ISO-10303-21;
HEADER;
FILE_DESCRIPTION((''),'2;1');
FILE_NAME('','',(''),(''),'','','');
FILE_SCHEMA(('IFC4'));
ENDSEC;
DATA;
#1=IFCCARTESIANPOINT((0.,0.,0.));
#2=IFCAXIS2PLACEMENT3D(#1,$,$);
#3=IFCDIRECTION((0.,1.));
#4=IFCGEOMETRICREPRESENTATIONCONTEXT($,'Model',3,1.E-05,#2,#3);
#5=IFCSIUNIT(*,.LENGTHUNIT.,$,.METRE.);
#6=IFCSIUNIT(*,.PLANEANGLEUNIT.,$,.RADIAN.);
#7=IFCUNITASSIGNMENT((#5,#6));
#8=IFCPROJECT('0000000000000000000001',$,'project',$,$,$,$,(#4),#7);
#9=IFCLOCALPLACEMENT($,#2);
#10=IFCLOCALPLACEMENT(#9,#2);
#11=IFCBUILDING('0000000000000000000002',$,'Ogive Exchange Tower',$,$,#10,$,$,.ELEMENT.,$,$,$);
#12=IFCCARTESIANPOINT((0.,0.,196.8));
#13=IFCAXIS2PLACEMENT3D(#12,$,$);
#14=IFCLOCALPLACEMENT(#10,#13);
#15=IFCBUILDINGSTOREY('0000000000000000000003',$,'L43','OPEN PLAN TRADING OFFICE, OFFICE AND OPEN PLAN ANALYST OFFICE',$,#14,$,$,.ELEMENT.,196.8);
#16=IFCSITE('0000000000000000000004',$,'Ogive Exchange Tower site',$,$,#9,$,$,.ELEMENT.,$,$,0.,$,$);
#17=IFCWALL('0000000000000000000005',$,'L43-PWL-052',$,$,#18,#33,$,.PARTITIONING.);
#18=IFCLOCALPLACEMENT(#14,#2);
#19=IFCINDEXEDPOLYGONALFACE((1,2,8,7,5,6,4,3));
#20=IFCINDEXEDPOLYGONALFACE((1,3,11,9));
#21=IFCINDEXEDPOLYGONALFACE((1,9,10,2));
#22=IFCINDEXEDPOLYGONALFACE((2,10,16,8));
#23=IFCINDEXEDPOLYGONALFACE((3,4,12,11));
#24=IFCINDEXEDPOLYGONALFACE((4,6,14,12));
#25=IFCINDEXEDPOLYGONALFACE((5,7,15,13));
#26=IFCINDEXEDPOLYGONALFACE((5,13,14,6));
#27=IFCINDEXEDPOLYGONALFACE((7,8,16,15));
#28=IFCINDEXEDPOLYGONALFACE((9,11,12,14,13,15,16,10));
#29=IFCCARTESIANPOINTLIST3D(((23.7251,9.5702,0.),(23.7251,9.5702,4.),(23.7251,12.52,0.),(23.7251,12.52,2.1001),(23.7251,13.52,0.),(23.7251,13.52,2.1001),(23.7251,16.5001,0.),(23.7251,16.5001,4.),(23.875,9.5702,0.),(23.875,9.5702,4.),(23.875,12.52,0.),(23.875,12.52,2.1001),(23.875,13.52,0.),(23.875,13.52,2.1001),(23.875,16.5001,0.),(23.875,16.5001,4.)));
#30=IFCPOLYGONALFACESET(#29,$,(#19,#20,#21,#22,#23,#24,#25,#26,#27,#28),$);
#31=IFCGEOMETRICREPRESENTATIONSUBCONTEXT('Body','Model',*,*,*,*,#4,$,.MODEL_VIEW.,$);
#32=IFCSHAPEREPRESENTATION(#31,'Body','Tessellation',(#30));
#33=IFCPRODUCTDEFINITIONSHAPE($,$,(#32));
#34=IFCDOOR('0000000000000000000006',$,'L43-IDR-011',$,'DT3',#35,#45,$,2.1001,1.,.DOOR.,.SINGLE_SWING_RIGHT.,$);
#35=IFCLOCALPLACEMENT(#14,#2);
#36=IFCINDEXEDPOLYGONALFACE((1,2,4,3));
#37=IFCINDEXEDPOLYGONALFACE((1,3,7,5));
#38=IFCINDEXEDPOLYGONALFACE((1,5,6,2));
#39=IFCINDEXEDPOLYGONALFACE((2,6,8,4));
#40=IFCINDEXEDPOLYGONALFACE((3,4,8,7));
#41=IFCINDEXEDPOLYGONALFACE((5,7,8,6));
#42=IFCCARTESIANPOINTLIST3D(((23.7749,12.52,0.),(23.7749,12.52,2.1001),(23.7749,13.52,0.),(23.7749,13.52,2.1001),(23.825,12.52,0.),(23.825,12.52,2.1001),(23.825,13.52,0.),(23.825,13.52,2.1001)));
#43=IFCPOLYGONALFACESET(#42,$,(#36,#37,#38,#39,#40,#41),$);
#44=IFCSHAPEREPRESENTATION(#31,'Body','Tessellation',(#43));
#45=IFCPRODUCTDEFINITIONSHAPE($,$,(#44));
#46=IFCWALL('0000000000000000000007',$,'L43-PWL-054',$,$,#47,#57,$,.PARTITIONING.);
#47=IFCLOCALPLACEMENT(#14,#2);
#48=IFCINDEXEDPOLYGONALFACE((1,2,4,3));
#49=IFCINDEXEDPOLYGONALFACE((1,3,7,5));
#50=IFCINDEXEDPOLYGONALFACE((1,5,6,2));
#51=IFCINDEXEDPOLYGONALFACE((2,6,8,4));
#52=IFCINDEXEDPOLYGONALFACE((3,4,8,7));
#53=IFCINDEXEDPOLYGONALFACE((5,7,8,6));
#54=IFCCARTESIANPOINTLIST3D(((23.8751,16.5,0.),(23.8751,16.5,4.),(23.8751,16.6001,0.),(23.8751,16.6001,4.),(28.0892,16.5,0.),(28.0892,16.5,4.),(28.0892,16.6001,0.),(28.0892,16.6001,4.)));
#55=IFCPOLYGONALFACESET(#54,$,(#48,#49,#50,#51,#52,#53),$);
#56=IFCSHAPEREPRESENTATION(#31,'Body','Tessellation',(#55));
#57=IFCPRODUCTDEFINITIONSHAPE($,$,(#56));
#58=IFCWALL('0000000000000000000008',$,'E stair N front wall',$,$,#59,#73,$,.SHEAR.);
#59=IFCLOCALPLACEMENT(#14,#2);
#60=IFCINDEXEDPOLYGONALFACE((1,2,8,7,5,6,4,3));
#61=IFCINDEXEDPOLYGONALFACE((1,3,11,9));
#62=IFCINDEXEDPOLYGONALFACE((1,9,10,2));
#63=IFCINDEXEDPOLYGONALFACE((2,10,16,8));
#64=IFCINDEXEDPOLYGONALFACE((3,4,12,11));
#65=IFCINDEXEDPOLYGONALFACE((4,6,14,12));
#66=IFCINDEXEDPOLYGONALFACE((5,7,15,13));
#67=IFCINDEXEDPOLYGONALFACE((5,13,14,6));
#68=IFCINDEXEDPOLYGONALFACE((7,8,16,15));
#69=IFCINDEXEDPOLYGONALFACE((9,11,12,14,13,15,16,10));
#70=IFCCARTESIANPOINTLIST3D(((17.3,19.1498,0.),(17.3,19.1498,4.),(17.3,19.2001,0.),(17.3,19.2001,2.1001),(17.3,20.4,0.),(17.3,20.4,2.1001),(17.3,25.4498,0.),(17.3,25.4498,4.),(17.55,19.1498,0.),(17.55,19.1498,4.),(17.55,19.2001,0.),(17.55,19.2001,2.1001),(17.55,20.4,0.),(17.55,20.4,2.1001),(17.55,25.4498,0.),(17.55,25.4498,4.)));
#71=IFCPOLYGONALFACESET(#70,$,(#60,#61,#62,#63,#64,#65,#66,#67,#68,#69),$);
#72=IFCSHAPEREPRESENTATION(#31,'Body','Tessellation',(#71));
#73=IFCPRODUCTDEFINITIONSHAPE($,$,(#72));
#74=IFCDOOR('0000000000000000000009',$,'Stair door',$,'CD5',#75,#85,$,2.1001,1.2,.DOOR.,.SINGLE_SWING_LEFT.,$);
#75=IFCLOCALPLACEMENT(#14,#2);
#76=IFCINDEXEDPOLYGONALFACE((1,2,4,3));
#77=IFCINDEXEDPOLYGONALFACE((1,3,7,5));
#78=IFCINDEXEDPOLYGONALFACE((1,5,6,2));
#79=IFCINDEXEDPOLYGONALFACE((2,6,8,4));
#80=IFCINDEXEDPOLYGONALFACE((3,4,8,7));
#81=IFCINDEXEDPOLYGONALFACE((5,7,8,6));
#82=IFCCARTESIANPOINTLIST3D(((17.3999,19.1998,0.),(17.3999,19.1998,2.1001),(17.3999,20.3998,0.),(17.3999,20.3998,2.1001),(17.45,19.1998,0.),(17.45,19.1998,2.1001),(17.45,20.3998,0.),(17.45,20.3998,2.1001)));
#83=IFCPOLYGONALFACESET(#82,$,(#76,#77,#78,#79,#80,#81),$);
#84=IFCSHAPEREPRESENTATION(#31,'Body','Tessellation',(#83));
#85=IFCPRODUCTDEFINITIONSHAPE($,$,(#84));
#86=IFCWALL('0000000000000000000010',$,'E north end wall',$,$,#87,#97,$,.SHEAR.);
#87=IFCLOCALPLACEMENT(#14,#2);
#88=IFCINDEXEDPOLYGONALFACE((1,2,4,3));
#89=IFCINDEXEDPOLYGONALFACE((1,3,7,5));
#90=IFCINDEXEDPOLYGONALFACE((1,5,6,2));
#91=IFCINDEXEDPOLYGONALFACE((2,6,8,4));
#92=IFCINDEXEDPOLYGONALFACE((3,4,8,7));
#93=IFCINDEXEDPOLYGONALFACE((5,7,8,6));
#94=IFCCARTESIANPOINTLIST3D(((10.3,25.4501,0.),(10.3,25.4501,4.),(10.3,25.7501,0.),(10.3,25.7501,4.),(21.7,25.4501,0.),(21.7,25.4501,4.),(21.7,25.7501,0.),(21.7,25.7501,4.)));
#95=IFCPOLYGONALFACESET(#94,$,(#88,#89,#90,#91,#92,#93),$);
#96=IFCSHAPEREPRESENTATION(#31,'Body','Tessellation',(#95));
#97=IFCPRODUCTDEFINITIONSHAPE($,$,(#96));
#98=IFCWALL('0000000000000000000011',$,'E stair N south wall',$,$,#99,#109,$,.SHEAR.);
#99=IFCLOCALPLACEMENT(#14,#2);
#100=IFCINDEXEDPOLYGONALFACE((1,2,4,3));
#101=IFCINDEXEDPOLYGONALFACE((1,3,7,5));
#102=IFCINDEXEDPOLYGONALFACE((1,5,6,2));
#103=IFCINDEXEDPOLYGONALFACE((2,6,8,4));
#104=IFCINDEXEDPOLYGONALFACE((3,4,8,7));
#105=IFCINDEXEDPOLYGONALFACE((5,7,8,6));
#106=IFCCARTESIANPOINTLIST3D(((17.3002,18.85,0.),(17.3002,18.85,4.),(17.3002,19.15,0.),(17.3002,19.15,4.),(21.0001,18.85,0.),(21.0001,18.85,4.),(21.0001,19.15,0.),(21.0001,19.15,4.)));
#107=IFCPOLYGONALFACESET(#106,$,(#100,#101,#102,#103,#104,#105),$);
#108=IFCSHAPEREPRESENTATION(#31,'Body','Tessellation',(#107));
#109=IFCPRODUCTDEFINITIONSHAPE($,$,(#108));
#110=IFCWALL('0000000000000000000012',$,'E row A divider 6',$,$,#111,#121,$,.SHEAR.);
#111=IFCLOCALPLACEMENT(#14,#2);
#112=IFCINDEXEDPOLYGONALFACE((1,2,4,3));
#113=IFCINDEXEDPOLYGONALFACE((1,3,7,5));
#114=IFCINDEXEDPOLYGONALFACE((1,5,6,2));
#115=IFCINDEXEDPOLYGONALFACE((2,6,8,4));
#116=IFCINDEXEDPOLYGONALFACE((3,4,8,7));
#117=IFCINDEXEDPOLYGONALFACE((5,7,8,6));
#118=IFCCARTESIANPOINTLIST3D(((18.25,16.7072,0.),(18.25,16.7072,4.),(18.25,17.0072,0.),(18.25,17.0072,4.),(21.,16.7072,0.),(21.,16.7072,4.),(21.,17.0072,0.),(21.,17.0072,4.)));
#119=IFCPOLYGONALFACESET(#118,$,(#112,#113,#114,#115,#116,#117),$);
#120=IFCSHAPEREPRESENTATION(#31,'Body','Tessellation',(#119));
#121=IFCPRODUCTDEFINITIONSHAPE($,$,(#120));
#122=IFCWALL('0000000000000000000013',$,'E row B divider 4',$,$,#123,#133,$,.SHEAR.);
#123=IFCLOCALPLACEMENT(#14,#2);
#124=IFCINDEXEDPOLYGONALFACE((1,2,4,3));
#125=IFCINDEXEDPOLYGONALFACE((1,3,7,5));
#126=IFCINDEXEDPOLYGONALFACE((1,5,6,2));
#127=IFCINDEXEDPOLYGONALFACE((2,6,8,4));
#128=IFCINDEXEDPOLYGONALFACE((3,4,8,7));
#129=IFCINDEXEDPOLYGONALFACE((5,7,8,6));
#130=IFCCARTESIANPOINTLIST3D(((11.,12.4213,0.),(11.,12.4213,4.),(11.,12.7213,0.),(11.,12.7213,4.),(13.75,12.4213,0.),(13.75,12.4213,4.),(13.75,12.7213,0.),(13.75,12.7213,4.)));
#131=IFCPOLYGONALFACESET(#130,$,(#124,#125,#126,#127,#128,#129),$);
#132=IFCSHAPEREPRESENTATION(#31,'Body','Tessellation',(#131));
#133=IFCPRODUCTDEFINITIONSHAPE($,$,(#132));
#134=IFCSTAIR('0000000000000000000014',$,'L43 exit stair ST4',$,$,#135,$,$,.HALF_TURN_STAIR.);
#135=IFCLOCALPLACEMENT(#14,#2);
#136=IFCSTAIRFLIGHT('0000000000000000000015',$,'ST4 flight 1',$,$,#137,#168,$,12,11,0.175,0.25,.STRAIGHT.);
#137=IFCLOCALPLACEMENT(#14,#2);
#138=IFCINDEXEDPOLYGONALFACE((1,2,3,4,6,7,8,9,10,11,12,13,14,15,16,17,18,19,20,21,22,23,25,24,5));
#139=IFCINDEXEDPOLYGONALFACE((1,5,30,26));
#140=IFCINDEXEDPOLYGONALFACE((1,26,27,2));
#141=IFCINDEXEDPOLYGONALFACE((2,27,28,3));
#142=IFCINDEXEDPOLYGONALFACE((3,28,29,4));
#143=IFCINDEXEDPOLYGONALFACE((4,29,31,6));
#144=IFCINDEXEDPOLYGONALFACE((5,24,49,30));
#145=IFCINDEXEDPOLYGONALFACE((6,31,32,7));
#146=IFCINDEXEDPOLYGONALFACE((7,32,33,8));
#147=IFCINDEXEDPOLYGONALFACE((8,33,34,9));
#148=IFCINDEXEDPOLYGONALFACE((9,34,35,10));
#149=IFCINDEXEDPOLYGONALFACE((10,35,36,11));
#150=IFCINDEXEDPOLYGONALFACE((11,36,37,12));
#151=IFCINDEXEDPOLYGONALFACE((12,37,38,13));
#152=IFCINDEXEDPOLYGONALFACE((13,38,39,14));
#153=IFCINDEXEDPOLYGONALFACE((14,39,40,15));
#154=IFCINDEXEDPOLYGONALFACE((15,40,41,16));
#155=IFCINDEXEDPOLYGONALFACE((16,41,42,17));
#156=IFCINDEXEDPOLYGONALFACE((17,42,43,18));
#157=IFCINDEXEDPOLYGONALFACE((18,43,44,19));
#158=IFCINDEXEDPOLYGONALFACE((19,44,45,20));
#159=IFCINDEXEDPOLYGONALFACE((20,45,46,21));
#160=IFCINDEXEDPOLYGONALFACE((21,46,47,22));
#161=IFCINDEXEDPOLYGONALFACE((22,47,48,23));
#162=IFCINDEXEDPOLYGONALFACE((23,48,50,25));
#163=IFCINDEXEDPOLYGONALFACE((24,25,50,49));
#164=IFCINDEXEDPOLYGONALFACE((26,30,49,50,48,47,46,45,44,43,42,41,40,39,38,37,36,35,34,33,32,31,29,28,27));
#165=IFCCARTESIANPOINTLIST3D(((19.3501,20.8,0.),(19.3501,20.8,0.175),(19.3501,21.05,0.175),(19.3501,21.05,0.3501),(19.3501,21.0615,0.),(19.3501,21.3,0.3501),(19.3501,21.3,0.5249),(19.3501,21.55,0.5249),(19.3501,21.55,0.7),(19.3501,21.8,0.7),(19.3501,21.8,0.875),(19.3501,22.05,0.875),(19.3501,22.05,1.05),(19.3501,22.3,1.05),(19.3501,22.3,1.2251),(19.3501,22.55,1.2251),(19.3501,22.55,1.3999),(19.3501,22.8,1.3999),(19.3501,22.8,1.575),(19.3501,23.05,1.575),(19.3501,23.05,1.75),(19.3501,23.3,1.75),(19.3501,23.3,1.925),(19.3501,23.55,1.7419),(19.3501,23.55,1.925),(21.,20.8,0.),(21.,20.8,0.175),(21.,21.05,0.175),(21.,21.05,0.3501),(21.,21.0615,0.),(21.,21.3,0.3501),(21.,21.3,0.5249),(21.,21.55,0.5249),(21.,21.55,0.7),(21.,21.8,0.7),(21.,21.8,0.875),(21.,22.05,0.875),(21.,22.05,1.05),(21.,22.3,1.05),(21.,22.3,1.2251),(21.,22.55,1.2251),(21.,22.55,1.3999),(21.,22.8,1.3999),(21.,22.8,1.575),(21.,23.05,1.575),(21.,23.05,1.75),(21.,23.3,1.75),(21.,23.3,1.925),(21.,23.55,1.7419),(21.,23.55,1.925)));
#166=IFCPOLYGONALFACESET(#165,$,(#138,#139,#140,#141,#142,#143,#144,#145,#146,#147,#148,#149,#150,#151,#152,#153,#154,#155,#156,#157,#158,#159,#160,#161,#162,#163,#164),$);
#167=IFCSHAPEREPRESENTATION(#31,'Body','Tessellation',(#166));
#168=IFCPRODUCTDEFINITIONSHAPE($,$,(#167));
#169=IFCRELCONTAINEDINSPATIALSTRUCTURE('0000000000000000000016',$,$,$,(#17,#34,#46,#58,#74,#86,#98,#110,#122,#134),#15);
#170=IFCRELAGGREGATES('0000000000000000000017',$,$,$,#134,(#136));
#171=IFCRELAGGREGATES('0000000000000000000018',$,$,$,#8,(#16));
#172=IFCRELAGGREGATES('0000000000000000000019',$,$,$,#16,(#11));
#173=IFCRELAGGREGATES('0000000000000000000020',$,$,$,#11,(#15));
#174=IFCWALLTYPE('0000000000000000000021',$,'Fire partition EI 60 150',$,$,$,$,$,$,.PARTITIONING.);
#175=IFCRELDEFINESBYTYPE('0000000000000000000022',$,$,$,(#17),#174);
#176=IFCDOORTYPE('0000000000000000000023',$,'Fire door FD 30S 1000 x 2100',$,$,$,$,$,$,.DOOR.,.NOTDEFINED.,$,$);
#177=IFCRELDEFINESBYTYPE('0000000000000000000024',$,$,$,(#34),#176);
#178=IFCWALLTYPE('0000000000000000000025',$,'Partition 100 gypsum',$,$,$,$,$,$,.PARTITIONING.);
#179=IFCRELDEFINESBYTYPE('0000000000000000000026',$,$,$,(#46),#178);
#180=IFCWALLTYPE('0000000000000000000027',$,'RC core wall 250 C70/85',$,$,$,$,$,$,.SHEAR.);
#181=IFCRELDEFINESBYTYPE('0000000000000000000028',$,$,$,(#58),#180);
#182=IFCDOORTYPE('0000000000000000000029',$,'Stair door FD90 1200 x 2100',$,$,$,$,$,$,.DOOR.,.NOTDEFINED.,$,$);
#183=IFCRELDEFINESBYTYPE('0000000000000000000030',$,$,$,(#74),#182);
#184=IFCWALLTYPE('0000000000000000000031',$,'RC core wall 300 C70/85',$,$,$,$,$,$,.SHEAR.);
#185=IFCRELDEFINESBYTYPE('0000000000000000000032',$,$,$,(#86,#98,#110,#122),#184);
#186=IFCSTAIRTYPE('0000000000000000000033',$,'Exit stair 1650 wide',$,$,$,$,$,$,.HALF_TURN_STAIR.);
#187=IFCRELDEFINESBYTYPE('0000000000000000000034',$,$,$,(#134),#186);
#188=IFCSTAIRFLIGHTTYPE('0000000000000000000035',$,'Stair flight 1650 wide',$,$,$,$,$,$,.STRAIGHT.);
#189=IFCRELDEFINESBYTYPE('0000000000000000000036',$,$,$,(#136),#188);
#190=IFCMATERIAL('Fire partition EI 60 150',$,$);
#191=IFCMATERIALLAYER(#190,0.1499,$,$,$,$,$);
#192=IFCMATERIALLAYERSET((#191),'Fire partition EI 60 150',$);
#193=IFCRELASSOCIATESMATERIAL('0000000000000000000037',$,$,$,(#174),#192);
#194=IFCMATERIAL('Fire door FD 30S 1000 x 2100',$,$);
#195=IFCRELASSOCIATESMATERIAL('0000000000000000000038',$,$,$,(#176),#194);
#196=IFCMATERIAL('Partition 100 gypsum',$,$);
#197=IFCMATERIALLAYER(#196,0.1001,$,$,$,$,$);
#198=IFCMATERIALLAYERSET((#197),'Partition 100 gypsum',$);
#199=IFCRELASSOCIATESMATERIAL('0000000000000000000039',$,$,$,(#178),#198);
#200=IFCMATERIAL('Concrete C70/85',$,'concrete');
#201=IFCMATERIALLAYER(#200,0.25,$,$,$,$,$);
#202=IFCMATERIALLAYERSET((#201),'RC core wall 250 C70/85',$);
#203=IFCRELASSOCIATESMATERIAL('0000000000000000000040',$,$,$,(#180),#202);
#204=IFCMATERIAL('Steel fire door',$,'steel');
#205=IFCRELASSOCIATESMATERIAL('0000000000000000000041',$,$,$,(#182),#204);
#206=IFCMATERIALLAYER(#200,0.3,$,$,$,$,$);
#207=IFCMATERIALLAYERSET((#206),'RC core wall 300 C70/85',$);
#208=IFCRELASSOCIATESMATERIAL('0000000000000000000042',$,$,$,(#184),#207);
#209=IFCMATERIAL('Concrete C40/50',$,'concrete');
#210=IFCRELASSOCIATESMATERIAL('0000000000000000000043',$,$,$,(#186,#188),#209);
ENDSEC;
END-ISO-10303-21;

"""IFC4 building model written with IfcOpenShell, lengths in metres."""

from ifc_helpers import new_model, si_unit, direction, frame, frame_2d, origin, place, context, subcontext, project, spatial, polyline, rectangle, outline, extrude, material, layer, layer_set, type_object, element, fill, aggregate, save


model = new_model("IFC4")

# Units and contexts
model_context = context("Model", 3, precision=1e-05, world=origin(), true_north=direction((0.0, 1.0)))
body_context = subcontext(model_context, "Body", "Model", "MODEL_VIEW")
ifc_project = project(units=[si_unit("LENGTHUNIT", "METRE"), si_unit("PLANEANGLEUNIT", "RADIAN")], contexts=[model_context])

# Site, building, storey
site_placement = place(None, origin())
site = spatial("IfcSite", under=ifc_project, at=site_placement, Name="Ogive Exchange Tower site", CompositionType="ELEMENT", RefElevation=0.0)
building_placement = place(site_placement, origin())
building = spatial("IfcBuilding", under=site, at=building_placement, Name="Ogive Exchange Tower", CompositionType="ELEMENT")
storey_placement = place(building_placement, frame((0.0, 0.0, 196.8)))
storey = spatial("IfcBuildingStorey", under=building, at=storey_placement, Name="L43", Description="OPEN PLAN TRADING OFFICE, OFFICE AND OPEN PLAN ANALYST OFFICE", CompositionType="ELEMENT", Elevation=196.8)

# Shared definitions
ifc_material_1 = material(Name="Fire partition EI 60 150")
ifc_layer_1 = layer(ifc_material_1, 0.1499)
ifc_layer_set_1 = layer_set([ifc_layer_1], Name="Fire partition EI 60 150")
wall_type_1 = type_object("IfcWallType", Name="Fire partition EI 60 150", PredefinedType="PARTITIONING", material=ifc_layer_set_1)

# Wall, opening, door
wall_1_placement = place(storey_placement, frame((23.8, 16.5, 0.0), z_axis=(0.0, 0.0, 1.0), x_axis=(0.0, -1.0, 0.0)))
wall_1 = element("IfcWall", 1, at=wall_1_placement, inside=storey, type_object=wall_type_1, Name="L43-PWL-052", PredefinedType="PARTITIONING", context=body_context, shape_type="SweptSolid", body=[
    extrude(rectangle(XDim=6.9299, YDim=0.1499, at=frame_2d((3.4648, 0.0))), origin(), (0.0, 0.0, 1.0), 4.0),
])
opening_1_placement = place(wall_1_placement, frame((2.98, 0.0, 0.0)))
opening_1 = element("IfcOpeningElement", 2, at=opening_1_placement, cuts=wall_1, PredefinedType="OPENING", context=body_context, shape_type="SweptSolid", body=[
    extrude(rectangle(XDim=1.0, YDim=2.1001, at=frame_2d((0.5, 1.05))), frame((0.0, 0.085, 0.0), z_axis=(0.0, -1.0, 0.0), x_axis=(1.0, 0.0, 0.0)), (0.0, 0.0, 1.0), 0.1699),
])
ifc_material_2 = material(Name="Fire door FD 30S 1000 x 2100")
door_type_1 = type_object("IfcDoorType", Name="Fire door FD 30S 1000 x 2100", OperationType="NOTDEFINED", PredefinedType="DOOR", material=ifc_material_2)
door_1_placement = place(opening_1_placement, origin())
door_1 = element("IfcDoor", 3, at=door_1_placement, inside=storey, type_object=door_type_1, Name="L43-IDR-011", ObjectType="DT3", OperationType="SINGLE_SWING_RIGHT", OverallHeight=2.1001, OverallWidth=1.0, PredefinedType="DOOR", context=body_context, shape_type="SweptSolid", body=[
    extrude(rectangle(XDim=1.0, YDim=2.1001, at=frame_2d((0.5, 1.05))), frame((0.0, 0.0249, 0.0), z_axis=(0.0, -1.0, 0.0), x_axis=(1.0, 0.0, 0.0)), (0.0, 0.0, 1.0), 0.05),
])
fill(opening_1, door_1)

# Wall
ifc_material_3 = material(Name="Partition 100 gypsum")
ifc_layer_2 = layer(ifc_material_3, 0.1001)
ifc_layer_set_2 = layer_set([ifc_layer_2], Name="Partition 100 gypsum")
wall_type_2 = type_object("IfcWallType", Name="Partition 100 gypsum", PredefinedType="PARTITIONING", material=ifc_layer_set_2)
wall_2_placement = place(storey_placement, frame((28.0891, 16.55, 0.0), z_axis=(0.0, 0.0, 1.0), x_axis=(-1.0, 0.0, 0.0)))
element("IfcWall", 4, at=wall_2_placement, inside=storey, type_object=wall_type_2, Name="L43-PWL-054", PredefinedType="PARTITIONING", context=body_context, shape_type="SweptSolid", body=[
    extrude(rectangle(XDim=4.2141, YDim=0.1001, at=frame_2d((2.1069, 0.0))), origin(), (0.0, 0.0, 1.0), 4.0),
])

# Wall, opening, door
ifc_material_4 = material(Name="Concrete C70/85", Category="concrete")
ifc_layer_3 = layer(ifc_material_4, 0.25)
ifc_layer_set_3 = layer_set([ifc_layer_3], Name="RC core wall 250 C70/85")
wall_type_3 = type_object("IfcWallType", Name="RC core wall 250 C70/85", PredefinedType="SHEAR", material=ifc_layer_set_3)
wall_3_placement = place(storey_placement, frame((17.425, 19.1499, 0.0), z_axis=(0.0, 0.0, 1.0), x_axis=(0.0, 1.0, 0.0)))
wall_3 = element("IfcWall", 5, at=wall_3_placement, inside=storey, type_object=wall_type_3, Name="E stair N front wall", PredefinedType="SHEAR", context=body_context, shape_type="SweptSolid", body=[
    extrude(rectangle(XDim=6.3, YDim=0.25, at=frame_2d((3.1499, 0.0))), origin(), (0.0, 0.0, 1.0), 4.0),
])
opening_2_placement = place(wall_3_placement, frame((0.05, 0.0, 0.0)))
opening_2 = element("IfcOpeningElement", 6, at=opening_2_placement, cuts=wall_3, PredefinedType="OPENING", context=body_context, shape_type="SweptSolid", body=[
    extrude(rectangle(XDim=1.2, YDim=2.1001, at=frame_2d((0.6001, 1.05))), frame((0.0, 0.135, 0.0), z_axis=(0.0, -1.0, 0.0), x_axis=(1.0, 0.0, 0.0)), (0.0, 0.0, 1.0), 0.27),
])
ifc_material_5 = material(Name="Steel fire door", Category="steel")
door_type_2 = type_object("IfcDoorType", Name="Stair door FD90 1200 x 2100", OperationType="NOTDEFINED", PredefinedType="DOOR", material=ifc_material_5)
door_2_placement = place(opening_2_placement, frame((1.2, 0.0, 0.0), z_axis=(0.0, 0.0, 1.0), x_axis=(-1.0, 0.0, 0.0)))
door_2 = element("IfcDoor", 7, at=door_2_placement, inside=storey, type_object=door_type_2, Name="Stair door", ObjectType="CD5", OperationType="SINGLE_SWING_LEFT", OverallHeight=2.1001, OverallWidth=1.2, PredefinedType="DOOR", context=body_context, shape_type="SweptSolid", body=[
    extrude(rectangle(XDim=1.2, YDim=2.1001, at=frame_2d((0.6001, 1.05))), frame((0.0, 0.0249, 0.0), z_axis=(0.0, -1.0, 0.0), x_axis=(1.0, 0.0, 0.0)), (0.0, 0.0, 1.0), 0.05),
])
fill(opening_2, door_2)

# Walls
ifc_layer_4 = layer(ifc_material_4, 0.3)
ifc_layer_set_4 = layer_set([ifc_layer_4], Name="RC core wall 300 C70/85")
wall_type_4 = type_object("IfcWallType", Name="RC core wall 300 C70/85", PredefinedType="SHEAR", material=ifc_layer_set_4)
wall_4_placement = place(storey_placement, frame((10.3, 25.6001, 0.0), z_axis=(0.0, 0.0, 1.0), x_axis=(1.0, 0.0, 0.0)))
element("IfcWall", 8, at=wall_4_placement, inside=storey, type_object=wall_type_4, Name="E north end wall", PredefinedType="SHEAR", context=body_context, shape_type="SweptSolid", body=[
    extrude(rectangle(XDim=11.3999, YDim=0.3, at=frame_2d((5.7, 0.0))), origin(), (0.0, 0.0, 1.0), 4.0),
])
wall_5_placement = place(storey_placement, frame((17.3, 19.0, 0.0), z_axis=(0.0, 0.0, 1.0), x_axis=(1.0, 0.0, 0.0)))
element("IfcWall", 9, at=wall_5_placement, inside=storey, type_object=wall_type_4, Name="E stair N south wall", PredefinedType="SHEAR", context=body_context, shape_type="SweptSolid", body=[
    extrude(rectangle(XDim=3.7, YDim=0.3, at=frame_2d((1.8501, 0.0))), origin(), (0.0, 0.0, 1.0), 4.0),
])
for number, where, z_axis, x_axis, name in (
    (10, (18.25, 16.8572, 0.0), (0.0, 0.0, 1.0), (1.0, 0.0, 0.0), "E row A divider 6"),
    (11, (11.0, 12.5713, 0.0), (0.0, 0.0, 1.0), (1.0, 0.0, 0.0), "E row B divider 4"),
):
    element("IfcWall", number, at=place(storey_placement, frame(where, z_axis=z_axis, x_axis=x_axis)), inside=storey, type_object=wall_type_4, Name=name, PredefinedType="SHEAR", context=body_context, shape_type="SweptSolid", body=[
        extrude(rectangle(XDim=2.75, YDim=0.3, at=frame_2d((1.375, 0.0))), origin(), (0.0, 0.0, 1.0), 4.0),
    ])

# Stair, stair flight
ifc_material_6 = material(Name="Concrete C40/50", Category="concrete")
stair_type = type_object("IfcStairType", Name="Exit stair 1650 wide", PredefinedType="HALF_TURN_STAIR", material=ifc_material_6)
stair_placement = place(storey_placement, origin())
stair = element("IfcStair", 12, at=stair_placement, inside=storey, type_object=stair_type, Name="L43 exit stair ST4", PredefinedType="HALF_TURN_STAIR")
stair_flight_type = type_object("IfcStairFlightType", Name="Stair flight 1650 wide", PredefinedType="STRAIGHT", material=ifc_material_6)
stair_flight_1_placement = place(storey_placement, frame((20.175, 20.8, 0.0), z_axis=(0.0, 0.0, 1.0), x_axis=(0.0, 1.0, 0.0)))
stair_flight_1 = element("IfcStairFlight", 13, at=stair_flight_1_placement, type_object=stair_flight_type, Name="ST4 flight 1", NumberOfRisers=12, NumberOfTreads=11, PredefinedType="STRAIGHT", RiserHeight=0.175, TreadLength=0.25, context=body_context, shape_type="SweptSolid", body=[
    extrude(outline(polyline([(0.0, 0.0), (0.0, 0.175), (0.25, 0.175), (0.25, 0.3501), (0.5, 0.3501), (0.5, 0.5249), (0.75, 0.5249), (0.75, 0.7), (1.0, 0.7), (1.0, 0.875), (1.25, 0.875), (1.25, 1.05), (1.5, 1.05), (1.5, 1.2251), (1.75, 1.2251), (1.75, 1.3999), (2.0, 1.3999), (2.0, 1.575), (2.25, 1.575), (2.25, 1.75), (2.5, 1.75), (2.5, 1.925), (2.75, 1.925), (2.75, 2.1001), (2.75, 1.7419), (0.2615, 0.0), (0.0, 0.0)])), frame((0.0, 0.825, 0.0), z_axis=(0.0, -1.0, 0.0), x_axis=(1.0, 0.0, 0.0)), (0.0, 0.0, 1.0), 1.6499),
])
aggregate(stair, [stair_flight_1])

save(model, "model.ifc")
